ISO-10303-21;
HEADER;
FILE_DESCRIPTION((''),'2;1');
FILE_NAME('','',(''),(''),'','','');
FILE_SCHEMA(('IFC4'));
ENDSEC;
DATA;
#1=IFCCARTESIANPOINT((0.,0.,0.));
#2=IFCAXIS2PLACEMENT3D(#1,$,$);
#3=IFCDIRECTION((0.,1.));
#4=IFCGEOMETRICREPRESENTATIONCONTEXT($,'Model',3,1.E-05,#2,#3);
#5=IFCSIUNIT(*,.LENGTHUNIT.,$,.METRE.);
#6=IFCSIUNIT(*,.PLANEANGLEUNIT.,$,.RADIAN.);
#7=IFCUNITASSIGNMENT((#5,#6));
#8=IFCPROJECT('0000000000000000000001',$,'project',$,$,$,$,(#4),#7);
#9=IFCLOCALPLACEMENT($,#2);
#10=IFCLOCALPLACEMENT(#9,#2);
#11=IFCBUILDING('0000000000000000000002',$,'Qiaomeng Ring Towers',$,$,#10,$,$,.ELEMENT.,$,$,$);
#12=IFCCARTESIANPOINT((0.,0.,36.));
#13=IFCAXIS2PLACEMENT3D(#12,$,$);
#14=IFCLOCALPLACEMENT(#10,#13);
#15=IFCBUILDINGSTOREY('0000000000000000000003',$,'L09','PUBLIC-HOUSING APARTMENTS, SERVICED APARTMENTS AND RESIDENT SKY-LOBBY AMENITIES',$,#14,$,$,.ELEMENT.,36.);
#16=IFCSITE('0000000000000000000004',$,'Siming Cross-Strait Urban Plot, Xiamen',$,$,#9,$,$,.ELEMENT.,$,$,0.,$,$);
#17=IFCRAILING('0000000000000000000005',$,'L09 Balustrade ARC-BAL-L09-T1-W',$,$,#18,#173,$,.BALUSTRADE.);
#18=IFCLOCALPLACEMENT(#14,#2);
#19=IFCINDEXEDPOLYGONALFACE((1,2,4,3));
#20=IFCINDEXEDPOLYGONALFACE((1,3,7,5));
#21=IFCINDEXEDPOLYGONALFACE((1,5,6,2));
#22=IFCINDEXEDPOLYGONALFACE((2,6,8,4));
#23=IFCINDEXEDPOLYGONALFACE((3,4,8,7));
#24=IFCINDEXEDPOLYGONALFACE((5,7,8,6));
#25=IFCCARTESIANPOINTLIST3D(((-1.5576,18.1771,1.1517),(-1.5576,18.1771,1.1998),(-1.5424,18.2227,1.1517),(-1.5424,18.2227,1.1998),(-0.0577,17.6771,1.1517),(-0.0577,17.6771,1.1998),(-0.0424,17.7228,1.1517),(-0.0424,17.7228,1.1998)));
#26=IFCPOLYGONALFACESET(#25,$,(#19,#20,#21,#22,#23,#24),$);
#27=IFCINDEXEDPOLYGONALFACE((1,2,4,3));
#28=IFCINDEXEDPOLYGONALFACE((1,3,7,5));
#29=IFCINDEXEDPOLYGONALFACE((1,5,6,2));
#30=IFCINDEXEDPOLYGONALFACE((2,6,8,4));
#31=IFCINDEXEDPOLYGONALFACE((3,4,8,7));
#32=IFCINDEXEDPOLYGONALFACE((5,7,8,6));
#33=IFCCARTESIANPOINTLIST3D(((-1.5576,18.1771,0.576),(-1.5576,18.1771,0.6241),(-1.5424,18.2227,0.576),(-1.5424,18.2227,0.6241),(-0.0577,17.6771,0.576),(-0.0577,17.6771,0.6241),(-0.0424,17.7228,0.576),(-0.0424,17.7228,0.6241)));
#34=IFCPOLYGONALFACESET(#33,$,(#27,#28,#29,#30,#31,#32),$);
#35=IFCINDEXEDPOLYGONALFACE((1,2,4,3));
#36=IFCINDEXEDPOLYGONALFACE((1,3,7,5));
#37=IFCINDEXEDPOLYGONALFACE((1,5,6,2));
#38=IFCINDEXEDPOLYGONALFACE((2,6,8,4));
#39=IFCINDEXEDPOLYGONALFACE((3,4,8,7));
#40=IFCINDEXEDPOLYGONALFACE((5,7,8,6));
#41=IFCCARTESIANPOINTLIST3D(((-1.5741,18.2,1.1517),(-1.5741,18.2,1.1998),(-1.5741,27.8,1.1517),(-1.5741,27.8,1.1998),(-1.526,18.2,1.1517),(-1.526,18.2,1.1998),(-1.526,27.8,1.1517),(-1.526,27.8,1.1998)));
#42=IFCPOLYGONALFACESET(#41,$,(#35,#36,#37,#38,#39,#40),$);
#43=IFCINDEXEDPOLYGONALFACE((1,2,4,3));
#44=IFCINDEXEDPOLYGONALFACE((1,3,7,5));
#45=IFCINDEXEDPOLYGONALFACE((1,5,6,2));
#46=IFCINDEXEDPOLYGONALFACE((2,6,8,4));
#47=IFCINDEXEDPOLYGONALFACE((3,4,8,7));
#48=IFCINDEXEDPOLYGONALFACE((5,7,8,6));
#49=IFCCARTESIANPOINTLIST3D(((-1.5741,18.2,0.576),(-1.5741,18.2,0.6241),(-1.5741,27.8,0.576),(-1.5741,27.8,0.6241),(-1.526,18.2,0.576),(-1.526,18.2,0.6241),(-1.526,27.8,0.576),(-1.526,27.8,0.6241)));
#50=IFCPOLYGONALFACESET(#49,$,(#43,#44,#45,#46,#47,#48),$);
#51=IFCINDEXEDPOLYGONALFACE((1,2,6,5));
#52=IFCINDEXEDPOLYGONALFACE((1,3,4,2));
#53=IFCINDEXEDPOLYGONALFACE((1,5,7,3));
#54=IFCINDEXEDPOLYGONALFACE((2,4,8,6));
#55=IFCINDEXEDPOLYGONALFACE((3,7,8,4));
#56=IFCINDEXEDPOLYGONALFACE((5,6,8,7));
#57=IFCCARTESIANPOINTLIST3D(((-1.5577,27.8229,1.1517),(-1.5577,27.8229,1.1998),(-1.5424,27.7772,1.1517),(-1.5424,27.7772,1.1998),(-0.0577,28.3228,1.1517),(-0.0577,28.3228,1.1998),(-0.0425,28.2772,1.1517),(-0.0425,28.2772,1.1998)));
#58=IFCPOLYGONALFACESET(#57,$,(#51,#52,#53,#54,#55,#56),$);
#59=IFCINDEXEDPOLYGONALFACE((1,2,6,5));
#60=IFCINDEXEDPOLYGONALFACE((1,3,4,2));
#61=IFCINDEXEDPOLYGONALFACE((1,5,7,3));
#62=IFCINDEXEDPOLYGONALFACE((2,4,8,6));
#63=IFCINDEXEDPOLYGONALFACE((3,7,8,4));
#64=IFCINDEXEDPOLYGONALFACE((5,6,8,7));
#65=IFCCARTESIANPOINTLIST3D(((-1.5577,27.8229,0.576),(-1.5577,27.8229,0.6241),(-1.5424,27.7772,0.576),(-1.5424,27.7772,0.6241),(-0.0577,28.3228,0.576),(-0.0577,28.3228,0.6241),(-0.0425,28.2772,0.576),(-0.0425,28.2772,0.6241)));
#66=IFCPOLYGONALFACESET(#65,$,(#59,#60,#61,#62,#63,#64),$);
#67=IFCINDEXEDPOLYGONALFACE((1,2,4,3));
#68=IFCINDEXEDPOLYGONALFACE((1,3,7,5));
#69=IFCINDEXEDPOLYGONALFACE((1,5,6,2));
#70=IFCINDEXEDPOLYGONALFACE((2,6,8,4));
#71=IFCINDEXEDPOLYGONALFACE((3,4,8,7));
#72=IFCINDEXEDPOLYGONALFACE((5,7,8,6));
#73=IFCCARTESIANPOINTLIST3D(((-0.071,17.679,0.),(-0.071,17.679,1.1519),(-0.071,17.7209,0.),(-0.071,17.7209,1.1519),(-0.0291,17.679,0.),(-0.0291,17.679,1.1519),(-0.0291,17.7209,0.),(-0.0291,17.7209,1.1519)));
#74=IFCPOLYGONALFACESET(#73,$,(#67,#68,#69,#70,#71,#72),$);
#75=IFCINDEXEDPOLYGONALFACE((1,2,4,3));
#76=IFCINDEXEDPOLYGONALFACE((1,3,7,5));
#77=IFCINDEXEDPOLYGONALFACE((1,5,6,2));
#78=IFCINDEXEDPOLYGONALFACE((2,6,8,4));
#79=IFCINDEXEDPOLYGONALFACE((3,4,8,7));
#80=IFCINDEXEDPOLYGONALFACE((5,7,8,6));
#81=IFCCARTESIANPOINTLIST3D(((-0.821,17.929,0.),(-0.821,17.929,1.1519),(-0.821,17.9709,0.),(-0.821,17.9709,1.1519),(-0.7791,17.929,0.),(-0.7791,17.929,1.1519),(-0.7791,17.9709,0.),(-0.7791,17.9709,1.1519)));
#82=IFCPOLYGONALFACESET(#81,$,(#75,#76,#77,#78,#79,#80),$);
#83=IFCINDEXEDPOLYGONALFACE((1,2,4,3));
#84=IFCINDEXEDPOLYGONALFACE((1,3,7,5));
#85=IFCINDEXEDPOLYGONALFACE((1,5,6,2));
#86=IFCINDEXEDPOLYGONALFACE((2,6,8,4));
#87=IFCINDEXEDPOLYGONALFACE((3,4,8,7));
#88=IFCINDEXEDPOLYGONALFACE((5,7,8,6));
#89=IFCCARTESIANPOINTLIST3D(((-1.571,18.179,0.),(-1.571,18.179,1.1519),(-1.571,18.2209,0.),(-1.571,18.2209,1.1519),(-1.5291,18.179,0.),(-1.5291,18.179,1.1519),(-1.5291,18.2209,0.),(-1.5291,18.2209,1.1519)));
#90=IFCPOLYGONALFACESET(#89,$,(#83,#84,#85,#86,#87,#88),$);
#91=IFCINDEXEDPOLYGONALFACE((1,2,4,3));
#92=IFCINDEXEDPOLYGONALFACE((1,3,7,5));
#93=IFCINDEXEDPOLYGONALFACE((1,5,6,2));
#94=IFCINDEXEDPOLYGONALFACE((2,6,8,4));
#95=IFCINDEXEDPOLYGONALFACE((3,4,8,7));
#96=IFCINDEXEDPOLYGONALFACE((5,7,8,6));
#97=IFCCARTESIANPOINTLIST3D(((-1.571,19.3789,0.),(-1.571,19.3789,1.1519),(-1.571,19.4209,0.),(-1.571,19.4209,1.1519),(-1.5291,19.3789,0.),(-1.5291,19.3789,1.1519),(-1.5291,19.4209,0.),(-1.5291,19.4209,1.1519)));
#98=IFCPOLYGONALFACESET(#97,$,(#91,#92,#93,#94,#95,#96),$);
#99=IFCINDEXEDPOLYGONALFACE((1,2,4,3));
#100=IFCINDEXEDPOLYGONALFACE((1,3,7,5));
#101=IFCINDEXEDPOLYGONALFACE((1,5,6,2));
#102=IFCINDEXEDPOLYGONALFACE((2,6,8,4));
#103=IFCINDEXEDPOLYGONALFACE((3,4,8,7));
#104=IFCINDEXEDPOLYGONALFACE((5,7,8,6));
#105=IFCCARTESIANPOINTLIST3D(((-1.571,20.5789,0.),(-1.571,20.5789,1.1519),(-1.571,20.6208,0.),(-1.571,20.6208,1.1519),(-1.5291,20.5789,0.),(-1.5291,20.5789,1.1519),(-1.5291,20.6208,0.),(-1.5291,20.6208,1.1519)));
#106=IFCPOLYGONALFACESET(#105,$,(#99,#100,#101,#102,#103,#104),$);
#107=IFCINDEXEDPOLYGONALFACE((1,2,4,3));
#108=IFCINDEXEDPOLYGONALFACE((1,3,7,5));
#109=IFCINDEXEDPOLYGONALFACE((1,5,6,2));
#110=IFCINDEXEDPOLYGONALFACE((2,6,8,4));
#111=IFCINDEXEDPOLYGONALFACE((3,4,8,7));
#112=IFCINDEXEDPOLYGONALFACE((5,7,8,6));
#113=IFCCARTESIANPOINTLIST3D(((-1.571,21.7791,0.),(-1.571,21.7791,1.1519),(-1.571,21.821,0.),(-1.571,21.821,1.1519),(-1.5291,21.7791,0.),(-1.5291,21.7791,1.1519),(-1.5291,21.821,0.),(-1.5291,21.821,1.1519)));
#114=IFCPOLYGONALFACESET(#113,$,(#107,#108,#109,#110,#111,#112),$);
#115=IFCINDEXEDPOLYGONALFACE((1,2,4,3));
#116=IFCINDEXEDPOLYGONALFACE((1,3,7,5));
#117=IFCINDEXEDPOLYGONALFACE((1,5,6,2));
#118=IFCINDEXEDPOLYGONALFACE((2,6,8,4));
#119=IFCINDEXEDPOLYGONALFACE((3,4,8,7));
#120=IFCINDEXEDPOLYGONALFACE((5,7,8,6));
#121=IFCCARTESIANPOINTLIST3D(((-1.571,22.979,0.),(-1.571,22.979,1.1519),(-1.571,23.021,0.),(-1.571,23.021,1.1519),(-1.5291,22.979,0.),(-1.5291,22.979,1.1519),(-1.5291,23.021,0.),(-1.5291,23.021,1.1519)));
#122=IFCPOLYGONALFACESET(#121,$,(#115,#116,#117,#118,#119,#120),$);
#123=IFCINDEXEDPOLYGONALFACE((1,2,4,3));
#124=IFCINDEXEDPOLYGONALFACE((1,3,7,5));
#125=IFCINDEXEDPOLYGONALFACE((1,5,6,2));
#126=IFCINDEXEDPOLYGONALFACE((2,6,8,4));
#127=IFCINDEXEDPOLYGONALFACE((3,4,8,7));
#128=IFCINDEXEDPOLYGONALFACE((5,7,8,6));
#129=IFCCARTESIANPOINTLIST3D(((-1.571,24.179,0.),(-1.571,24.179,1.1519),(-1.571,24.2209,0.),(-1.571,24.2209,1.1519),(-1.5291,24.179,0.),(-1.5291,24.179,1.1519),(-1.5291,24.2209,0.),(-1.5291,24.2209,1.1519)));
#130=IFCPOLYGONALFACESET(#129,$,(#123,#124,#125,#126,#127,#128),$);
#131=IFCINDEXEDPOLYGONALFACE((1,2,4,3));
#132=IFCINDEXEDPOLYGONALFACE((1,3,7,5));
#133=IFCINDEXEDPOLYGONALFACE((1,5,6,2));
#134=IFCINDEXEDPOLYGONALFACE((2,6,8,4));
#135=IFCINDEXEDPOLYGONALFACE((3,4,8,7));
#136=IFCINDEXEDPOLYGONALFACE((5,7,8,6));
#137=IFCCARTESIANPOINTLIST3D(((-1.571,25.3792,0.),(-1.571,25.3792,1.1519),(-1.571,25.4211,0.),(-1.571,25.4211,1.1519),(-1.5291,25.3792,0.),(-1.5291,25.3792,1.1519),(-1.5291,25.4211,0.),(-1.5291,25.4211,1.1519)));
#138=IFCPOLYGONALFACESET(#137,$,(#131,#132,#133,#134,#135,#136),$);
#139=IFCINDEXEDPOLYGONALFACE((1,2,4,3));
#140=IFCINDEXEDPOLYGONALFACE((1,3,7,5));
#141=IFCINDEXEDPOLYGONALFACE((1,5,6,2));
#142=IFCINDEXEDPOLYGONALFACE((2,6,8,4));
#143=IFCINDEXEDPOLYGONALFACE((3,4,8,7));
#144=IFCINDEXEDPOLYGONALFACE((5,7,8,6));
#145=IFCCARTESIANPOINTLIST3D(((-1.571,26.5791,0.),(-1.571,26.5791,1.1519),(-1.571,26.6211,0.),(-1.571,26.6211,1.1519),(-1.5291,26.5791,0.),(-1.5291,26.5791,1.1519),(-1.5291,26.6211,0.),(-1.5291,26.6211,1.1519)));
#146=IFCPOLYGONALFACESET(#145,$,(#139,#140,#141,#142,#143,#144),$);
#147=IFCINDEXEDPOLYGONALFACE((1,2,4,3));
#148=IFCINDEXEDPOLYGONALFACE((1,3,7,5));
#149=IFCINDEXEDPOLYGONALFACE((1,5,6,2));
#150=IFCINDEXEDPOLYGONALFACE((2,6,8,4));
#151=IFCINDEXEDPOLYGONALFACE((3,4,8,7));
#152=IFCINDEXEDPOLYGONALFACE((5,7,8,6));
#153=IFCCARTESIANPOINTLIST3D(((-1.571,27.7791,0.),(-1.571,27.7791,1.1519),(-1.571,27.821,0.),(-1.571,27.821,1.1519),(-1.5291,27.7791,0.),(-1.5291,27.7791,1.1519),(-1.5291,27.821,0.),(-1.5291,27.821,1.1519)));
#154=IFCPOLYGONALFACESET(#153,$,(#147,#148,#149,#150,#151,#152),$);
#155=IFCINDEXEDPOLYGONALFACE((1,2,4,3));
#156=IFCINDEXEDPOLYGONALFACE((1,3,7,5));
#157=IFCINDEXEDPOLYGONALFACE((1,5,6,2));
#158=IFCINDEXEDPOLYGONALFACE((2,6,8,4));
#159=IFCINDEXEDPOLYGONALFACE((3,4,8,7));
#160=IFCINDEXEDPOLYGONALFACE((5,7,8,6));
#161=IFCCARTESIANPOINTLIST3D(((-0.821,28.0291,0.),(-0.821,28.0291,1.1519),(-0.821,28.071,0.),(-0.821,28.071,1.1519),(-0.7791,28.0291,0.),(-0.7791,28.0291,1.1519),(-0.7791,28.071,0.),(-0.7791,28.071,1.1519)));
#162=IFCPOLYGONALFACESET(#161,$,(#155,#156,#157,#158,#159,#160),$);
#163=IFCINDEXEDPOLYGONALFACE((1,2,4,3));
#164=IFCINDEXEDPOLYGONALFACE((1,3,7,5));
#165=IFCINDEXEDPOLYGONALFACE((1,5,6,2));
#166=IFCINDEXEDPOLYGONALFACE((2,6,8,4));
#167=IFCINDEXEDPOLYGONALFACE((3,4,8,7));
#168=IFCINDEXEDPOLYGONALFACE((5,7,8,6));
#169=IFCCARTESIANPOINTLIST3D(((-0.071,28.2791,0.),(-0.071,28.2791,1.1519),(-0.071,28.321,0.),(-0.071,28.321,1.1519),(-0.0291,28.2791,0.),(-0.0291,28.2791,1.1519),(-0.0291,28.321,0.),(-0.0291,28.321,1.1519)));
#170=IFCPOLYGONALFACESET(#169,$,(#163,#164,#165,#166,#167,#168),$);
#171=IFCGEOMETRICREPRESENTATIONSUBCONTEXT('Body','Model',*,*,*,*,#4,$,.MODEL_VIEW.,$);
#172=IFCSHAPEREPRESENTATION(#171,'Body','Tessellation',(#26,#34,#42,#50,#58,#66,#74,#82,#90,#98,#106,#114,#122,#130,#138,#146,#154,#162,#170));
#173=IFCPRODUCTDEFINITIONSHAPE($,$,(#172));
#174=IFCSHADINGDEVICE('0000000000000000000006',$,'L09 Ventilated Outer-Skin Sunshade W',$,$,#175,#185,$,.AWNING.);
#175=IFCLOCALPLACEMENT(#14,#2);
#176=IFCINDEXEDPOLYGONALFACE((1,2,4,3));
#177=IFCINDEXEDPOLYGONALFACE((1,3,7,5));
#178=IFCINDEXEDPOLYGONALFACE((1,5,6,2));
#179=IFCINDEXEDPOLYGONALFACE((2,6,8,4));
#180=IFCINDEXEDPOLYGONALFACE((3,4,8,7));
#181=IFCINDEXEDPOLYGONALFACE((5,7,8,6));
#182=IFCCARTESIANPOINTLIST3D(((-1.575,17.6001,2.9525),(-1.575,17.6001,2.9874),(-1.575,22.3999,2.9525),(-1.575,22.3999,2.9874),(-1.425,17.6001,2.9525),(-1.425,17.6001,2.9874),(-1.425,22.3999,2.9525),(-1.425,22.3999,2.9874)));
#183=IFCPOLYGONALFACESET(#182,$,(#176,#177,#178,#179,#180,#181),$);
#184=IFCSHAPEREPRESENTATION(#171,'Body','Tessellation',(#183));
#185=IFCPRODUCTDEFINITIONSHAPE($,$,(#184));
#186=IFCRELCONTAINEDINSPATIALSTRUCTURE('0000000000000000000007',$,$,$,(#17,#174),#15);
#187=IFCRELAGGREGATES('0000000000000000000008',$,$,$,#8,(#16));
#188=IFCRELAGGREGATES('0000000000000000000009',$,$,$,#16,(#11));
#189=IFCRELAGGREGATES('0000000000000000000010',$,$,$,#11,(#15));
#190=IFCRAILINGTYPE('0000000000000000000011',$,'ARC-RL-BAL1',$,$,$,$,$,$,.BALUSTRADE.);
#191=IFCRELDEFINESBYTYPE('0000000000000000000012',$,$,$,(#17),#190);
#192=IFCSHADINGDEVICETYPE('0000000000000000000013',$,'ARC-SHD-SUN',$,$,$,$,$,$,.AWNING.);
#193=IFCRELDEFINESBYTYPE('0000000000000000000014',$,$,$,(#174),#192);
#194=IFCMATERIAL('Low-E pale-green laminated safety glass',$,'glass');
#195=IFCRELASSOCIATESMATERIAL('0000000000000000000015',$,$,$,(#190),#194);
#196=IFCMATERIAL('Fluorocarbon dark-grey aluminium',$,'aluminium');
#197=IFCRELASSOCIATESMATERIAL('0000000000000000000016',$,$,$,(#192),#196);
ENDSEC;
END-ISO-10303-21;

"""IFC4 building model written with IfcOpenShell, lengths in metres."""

from ifc_helpers import new_model, si_unit, direction, frame, origin, origin_2d, place, context, subcontext, project, spatial, rectangle, extrude, source, transform, mapped, material, material_profile, profile_set, type_object, element, save


model = new_model("IFC4")

# Units and contexts
model_context = context("Model", 3, precision=1e-05, world=origin(), true_north=direction((0.0, 1.0)))
body_context = subcontext(model_context, "Body", "Model", "MODEL_VIEW")
ifc_project = project(units=[si_unit("LENGTHUNIT", "METRE"), si_unit("PLANEANGLEUNIT", "RADIAN")], contexts=[model_context])

# Site, building, storey
site_placement = place(None, origin())
site = spatial("IfcSite", under=ifc_project, at=site_placement, Name="Siming Cross-Strait Urban Plot, Xiamen", CompositionType="ELEMENT", RefElevation=0.0)
building_placement = place(site_placement, origin())
building = spatial("IfcBuilding", under=site, at=building_placement, Name="Qiaomeng Ring Towers", CompositionType="ELEMENT")
storey_placement = place(building_placement, frame((0.0, 0.0, 36.0)))
storey = spatial("IfcBuildingStorey", under=building, at=storey_placement, Name="L09", Description="PUBLIC-HOUSING APARTMENTS, SERVICED APARTMENTS AND RESIDENT SKY-LOBBY AMENITIES", CompositionType="ELEMENT", Elevation=36.0)

# Shared definitions
ifc_material_1 = material(Name="Fluorocarbon dark-grey aluminium", Category="aluminium")

# Railing
ifc_material_2 = material(Name="Low-E pale-green laminated safety glass", Category="glass")
railing_type = type_object("IfcRailingType", Name="ARC-RL-BAL1", PredefinedType="BALUSTRADE", material=ifc_material_2)
railing_1_placement = place(storey_placement, frame((-0.05, 17.7, 0.0)))
element("IfcRailing", 1, at=railing_1_placement, inside=storey, type_object=railing_type, Name="L09 Balustrade ARC-BAL-L09-T1-W", PredefinedType="BALUSTRADE", context=body_context, shape_type="SweptSolid", body=[
    extrude(rectangle(XDim=0.0481, YDim=0.0481, at=origin_2d()), frame((0.0, 0.0, 1.1758), z_axis=(-0.948683, 0.316228, 0.0), x_axis=(-0.316228, -0.948683, 0.0)), (0.0, 0.0, 1.0), 1.5811),
    extrude(rectangle(XDim=0.0481, YDim=0.0481, at=origin_2d()), frame((0.0, 0.0, 0.6001), z_axis=(-0.948683, 0.316228, 0.0), x_axis=(-0.316228, -0.948683, 0.0)), (0.0, 0.0, 1.0), 1.5811),
    extrude(rectangle(XDim=0.0481, YDim=0.0481, at=origin_2d()), frame((-1.5, 0.5, 1.1758), z_axis=(0.0, 1.0, 0.0), x_axis=(-1.0, 0.0, 0.0)), (0.0, 0.0, 1.0), 9.6001),
    extrude(rectangle(XDim=0.0481, YDim=0.0481, at=origin_2d()), frame((-1.5, 0.5, 0.6001), z_axis=(0.0, 1.0, 0.0), x_axis=(-1.0, 0.0, 0.0)), (0.0, 0.0, 1.0), 9.6001),
    extrude(rectangle(XDim=0.0481, YDim=0.0481, at=origin_2d()), frame((-1.5, 10.1001, 1.1758), z_axis=(0.948683, 0.316228, 0.0), x_axis=(-0.316228, 0.948683, 0.0)), (0.0, 0.0, 1.0), 1.5811),
    extrude(rectangle(XDim=0.0481, YDim=0.0481, at=origin_2d()), frame((-1.5, 10.1001, 0.6001), z_axis=(0.948683, 0.316228, 0.0), x_axis=(-0.316228, 0.948683, 0.0)), (0.0, 0.0, 1.0), 1.5811),
    extrude(rectangle(XDim=0.042, YDim=0.042, at=origin_2d()), origin(), (0.0, 0.0, 1.0), 1.1519),
    extrude(rectangle(XDim=0.042, YDim=0.042, at=origin_2d()), frame((-0.75, 0.25, 0.0)), (0.0, 0.0, 1.0), 1.1519),
    extrude(rectangle(XDim=0.042, YDim=0.042, at=origin_2d()), frame((-1.5, 0.5, 0.0)), (0.0, 0.0, 1.0), 1.1519),
    extrude(rectangle(XDim=0.042, YDim=0.042, at=origin_2d()), frame((-1.5, 1.7, 0.0)), (0.0, 0.0, 1.0), 1.1519),
    extrude(rectangle(XDim=0.042, YDim=0.042, at=origin_2d()), frame((-1.5, 2.8999, 0.0)), (0.0, 0.0, 1.0), 1.1519),
    extrude(rectangle(XDim=0.042, YDim=0.042, at=origin_2d()), frame((-1.5, 4.1001, 0.0)), (0.0, 0.0, 1.0), 1.1519),
    extrude(rectangle(XDim=0.042, YDim=0.042, at=origin_2d()), frame((-1.5, 5.3, 0.0)), (0.0, 0.0, 1.0), 1.1519),
    extrude(rectangle(XDim=0.042, YDim=0.042, at=origin_2d()), frame((-1.5, 6.5, 0.0)), (0.0, 0.0, 1.0), 1.1519),
    extrude(rectangle(XDim=0.042, YDim=0.042, at=origin_2d()), frame((-1.5, 7.7002, 0.0)), (0.0, 0.0, 1.0), 1.1519),
    extrude(rectangle(XDim=0.042, YDim=0.042, at=origin_2d()), frame((-1.5, 8.9001, 0.0)), (0.0, 0.0, 1.0), 1.1519),
    extrude(rectangle(XDim=0.042, YDim=0.042, at=origin_2d()), frame((-1.5, 10.1001, 0.0)), (0.0, 0.0, 1.0), 1.1519),
    extrude(rectangle(XDim=0.042, YDim=0.042, at=origin_2d()), frame((-0.75, 10.3501, 0.0)), (0.0, 0.0, 1.0), 1.1519),
    extrude(rectangle(XDim=0.042, YDim=0.042, at=origin_2d()), frame((0.0, 10.6001, 0.0)), (0.0, 0.0, 1.0), 1.1519),
])

# Shading device
ifc_material_profile_1 = material_profile(ifc_material_1, rectangle(XDim=0.1499, YDim=0.0349, at=origin_2d()), Name="LV BLADE 150x35")
ifc_profile_set_1 = profile_set([ifc_material_profile_1], Name="Fluorocarbon dark-grey aluminium")
shading_device_type = type_object("IfcShadingDeviceType", Name="ARC-SHD-SUN", PredefinedType="AWNING", material=ifc_profile_set_1)
shared_shape_1 = source(origin(), body_context, "Body", "SweptSolid", [
    extrude(rectangle(XDim=0.1499, YDim=0.0349, at=origin_2d()), origin(), (0.0, 0.0, 1.0), 4.7998),
])
shading_device_placement = place(storey_placement, frame((-1.5, 17.6001, 2.97), z_axis=(0.0, 1.0, 0.0), x_axis=(-1.0, 0.0, 0.0)))
element("IfcShadingDevice", 2, at=shading_device_placement, inside=storey, type_object=shading_device_type, Name="L09 Ventilated Outer-Skin Sunshade W", PredefinedType="AWNING", context=body_context, shape_type="MappedRepresentation", body=[
    mapped(shared_shape_1, transform((0.0, 0.0, 0.0), x_axis=(1.0, 0.0, 0.0), y_axis=(0.0, 1.0, 0.0), z_axis=(0.0, 0.0, 1.0), scale=1.0)),
])

save(model, "model.ifc")
